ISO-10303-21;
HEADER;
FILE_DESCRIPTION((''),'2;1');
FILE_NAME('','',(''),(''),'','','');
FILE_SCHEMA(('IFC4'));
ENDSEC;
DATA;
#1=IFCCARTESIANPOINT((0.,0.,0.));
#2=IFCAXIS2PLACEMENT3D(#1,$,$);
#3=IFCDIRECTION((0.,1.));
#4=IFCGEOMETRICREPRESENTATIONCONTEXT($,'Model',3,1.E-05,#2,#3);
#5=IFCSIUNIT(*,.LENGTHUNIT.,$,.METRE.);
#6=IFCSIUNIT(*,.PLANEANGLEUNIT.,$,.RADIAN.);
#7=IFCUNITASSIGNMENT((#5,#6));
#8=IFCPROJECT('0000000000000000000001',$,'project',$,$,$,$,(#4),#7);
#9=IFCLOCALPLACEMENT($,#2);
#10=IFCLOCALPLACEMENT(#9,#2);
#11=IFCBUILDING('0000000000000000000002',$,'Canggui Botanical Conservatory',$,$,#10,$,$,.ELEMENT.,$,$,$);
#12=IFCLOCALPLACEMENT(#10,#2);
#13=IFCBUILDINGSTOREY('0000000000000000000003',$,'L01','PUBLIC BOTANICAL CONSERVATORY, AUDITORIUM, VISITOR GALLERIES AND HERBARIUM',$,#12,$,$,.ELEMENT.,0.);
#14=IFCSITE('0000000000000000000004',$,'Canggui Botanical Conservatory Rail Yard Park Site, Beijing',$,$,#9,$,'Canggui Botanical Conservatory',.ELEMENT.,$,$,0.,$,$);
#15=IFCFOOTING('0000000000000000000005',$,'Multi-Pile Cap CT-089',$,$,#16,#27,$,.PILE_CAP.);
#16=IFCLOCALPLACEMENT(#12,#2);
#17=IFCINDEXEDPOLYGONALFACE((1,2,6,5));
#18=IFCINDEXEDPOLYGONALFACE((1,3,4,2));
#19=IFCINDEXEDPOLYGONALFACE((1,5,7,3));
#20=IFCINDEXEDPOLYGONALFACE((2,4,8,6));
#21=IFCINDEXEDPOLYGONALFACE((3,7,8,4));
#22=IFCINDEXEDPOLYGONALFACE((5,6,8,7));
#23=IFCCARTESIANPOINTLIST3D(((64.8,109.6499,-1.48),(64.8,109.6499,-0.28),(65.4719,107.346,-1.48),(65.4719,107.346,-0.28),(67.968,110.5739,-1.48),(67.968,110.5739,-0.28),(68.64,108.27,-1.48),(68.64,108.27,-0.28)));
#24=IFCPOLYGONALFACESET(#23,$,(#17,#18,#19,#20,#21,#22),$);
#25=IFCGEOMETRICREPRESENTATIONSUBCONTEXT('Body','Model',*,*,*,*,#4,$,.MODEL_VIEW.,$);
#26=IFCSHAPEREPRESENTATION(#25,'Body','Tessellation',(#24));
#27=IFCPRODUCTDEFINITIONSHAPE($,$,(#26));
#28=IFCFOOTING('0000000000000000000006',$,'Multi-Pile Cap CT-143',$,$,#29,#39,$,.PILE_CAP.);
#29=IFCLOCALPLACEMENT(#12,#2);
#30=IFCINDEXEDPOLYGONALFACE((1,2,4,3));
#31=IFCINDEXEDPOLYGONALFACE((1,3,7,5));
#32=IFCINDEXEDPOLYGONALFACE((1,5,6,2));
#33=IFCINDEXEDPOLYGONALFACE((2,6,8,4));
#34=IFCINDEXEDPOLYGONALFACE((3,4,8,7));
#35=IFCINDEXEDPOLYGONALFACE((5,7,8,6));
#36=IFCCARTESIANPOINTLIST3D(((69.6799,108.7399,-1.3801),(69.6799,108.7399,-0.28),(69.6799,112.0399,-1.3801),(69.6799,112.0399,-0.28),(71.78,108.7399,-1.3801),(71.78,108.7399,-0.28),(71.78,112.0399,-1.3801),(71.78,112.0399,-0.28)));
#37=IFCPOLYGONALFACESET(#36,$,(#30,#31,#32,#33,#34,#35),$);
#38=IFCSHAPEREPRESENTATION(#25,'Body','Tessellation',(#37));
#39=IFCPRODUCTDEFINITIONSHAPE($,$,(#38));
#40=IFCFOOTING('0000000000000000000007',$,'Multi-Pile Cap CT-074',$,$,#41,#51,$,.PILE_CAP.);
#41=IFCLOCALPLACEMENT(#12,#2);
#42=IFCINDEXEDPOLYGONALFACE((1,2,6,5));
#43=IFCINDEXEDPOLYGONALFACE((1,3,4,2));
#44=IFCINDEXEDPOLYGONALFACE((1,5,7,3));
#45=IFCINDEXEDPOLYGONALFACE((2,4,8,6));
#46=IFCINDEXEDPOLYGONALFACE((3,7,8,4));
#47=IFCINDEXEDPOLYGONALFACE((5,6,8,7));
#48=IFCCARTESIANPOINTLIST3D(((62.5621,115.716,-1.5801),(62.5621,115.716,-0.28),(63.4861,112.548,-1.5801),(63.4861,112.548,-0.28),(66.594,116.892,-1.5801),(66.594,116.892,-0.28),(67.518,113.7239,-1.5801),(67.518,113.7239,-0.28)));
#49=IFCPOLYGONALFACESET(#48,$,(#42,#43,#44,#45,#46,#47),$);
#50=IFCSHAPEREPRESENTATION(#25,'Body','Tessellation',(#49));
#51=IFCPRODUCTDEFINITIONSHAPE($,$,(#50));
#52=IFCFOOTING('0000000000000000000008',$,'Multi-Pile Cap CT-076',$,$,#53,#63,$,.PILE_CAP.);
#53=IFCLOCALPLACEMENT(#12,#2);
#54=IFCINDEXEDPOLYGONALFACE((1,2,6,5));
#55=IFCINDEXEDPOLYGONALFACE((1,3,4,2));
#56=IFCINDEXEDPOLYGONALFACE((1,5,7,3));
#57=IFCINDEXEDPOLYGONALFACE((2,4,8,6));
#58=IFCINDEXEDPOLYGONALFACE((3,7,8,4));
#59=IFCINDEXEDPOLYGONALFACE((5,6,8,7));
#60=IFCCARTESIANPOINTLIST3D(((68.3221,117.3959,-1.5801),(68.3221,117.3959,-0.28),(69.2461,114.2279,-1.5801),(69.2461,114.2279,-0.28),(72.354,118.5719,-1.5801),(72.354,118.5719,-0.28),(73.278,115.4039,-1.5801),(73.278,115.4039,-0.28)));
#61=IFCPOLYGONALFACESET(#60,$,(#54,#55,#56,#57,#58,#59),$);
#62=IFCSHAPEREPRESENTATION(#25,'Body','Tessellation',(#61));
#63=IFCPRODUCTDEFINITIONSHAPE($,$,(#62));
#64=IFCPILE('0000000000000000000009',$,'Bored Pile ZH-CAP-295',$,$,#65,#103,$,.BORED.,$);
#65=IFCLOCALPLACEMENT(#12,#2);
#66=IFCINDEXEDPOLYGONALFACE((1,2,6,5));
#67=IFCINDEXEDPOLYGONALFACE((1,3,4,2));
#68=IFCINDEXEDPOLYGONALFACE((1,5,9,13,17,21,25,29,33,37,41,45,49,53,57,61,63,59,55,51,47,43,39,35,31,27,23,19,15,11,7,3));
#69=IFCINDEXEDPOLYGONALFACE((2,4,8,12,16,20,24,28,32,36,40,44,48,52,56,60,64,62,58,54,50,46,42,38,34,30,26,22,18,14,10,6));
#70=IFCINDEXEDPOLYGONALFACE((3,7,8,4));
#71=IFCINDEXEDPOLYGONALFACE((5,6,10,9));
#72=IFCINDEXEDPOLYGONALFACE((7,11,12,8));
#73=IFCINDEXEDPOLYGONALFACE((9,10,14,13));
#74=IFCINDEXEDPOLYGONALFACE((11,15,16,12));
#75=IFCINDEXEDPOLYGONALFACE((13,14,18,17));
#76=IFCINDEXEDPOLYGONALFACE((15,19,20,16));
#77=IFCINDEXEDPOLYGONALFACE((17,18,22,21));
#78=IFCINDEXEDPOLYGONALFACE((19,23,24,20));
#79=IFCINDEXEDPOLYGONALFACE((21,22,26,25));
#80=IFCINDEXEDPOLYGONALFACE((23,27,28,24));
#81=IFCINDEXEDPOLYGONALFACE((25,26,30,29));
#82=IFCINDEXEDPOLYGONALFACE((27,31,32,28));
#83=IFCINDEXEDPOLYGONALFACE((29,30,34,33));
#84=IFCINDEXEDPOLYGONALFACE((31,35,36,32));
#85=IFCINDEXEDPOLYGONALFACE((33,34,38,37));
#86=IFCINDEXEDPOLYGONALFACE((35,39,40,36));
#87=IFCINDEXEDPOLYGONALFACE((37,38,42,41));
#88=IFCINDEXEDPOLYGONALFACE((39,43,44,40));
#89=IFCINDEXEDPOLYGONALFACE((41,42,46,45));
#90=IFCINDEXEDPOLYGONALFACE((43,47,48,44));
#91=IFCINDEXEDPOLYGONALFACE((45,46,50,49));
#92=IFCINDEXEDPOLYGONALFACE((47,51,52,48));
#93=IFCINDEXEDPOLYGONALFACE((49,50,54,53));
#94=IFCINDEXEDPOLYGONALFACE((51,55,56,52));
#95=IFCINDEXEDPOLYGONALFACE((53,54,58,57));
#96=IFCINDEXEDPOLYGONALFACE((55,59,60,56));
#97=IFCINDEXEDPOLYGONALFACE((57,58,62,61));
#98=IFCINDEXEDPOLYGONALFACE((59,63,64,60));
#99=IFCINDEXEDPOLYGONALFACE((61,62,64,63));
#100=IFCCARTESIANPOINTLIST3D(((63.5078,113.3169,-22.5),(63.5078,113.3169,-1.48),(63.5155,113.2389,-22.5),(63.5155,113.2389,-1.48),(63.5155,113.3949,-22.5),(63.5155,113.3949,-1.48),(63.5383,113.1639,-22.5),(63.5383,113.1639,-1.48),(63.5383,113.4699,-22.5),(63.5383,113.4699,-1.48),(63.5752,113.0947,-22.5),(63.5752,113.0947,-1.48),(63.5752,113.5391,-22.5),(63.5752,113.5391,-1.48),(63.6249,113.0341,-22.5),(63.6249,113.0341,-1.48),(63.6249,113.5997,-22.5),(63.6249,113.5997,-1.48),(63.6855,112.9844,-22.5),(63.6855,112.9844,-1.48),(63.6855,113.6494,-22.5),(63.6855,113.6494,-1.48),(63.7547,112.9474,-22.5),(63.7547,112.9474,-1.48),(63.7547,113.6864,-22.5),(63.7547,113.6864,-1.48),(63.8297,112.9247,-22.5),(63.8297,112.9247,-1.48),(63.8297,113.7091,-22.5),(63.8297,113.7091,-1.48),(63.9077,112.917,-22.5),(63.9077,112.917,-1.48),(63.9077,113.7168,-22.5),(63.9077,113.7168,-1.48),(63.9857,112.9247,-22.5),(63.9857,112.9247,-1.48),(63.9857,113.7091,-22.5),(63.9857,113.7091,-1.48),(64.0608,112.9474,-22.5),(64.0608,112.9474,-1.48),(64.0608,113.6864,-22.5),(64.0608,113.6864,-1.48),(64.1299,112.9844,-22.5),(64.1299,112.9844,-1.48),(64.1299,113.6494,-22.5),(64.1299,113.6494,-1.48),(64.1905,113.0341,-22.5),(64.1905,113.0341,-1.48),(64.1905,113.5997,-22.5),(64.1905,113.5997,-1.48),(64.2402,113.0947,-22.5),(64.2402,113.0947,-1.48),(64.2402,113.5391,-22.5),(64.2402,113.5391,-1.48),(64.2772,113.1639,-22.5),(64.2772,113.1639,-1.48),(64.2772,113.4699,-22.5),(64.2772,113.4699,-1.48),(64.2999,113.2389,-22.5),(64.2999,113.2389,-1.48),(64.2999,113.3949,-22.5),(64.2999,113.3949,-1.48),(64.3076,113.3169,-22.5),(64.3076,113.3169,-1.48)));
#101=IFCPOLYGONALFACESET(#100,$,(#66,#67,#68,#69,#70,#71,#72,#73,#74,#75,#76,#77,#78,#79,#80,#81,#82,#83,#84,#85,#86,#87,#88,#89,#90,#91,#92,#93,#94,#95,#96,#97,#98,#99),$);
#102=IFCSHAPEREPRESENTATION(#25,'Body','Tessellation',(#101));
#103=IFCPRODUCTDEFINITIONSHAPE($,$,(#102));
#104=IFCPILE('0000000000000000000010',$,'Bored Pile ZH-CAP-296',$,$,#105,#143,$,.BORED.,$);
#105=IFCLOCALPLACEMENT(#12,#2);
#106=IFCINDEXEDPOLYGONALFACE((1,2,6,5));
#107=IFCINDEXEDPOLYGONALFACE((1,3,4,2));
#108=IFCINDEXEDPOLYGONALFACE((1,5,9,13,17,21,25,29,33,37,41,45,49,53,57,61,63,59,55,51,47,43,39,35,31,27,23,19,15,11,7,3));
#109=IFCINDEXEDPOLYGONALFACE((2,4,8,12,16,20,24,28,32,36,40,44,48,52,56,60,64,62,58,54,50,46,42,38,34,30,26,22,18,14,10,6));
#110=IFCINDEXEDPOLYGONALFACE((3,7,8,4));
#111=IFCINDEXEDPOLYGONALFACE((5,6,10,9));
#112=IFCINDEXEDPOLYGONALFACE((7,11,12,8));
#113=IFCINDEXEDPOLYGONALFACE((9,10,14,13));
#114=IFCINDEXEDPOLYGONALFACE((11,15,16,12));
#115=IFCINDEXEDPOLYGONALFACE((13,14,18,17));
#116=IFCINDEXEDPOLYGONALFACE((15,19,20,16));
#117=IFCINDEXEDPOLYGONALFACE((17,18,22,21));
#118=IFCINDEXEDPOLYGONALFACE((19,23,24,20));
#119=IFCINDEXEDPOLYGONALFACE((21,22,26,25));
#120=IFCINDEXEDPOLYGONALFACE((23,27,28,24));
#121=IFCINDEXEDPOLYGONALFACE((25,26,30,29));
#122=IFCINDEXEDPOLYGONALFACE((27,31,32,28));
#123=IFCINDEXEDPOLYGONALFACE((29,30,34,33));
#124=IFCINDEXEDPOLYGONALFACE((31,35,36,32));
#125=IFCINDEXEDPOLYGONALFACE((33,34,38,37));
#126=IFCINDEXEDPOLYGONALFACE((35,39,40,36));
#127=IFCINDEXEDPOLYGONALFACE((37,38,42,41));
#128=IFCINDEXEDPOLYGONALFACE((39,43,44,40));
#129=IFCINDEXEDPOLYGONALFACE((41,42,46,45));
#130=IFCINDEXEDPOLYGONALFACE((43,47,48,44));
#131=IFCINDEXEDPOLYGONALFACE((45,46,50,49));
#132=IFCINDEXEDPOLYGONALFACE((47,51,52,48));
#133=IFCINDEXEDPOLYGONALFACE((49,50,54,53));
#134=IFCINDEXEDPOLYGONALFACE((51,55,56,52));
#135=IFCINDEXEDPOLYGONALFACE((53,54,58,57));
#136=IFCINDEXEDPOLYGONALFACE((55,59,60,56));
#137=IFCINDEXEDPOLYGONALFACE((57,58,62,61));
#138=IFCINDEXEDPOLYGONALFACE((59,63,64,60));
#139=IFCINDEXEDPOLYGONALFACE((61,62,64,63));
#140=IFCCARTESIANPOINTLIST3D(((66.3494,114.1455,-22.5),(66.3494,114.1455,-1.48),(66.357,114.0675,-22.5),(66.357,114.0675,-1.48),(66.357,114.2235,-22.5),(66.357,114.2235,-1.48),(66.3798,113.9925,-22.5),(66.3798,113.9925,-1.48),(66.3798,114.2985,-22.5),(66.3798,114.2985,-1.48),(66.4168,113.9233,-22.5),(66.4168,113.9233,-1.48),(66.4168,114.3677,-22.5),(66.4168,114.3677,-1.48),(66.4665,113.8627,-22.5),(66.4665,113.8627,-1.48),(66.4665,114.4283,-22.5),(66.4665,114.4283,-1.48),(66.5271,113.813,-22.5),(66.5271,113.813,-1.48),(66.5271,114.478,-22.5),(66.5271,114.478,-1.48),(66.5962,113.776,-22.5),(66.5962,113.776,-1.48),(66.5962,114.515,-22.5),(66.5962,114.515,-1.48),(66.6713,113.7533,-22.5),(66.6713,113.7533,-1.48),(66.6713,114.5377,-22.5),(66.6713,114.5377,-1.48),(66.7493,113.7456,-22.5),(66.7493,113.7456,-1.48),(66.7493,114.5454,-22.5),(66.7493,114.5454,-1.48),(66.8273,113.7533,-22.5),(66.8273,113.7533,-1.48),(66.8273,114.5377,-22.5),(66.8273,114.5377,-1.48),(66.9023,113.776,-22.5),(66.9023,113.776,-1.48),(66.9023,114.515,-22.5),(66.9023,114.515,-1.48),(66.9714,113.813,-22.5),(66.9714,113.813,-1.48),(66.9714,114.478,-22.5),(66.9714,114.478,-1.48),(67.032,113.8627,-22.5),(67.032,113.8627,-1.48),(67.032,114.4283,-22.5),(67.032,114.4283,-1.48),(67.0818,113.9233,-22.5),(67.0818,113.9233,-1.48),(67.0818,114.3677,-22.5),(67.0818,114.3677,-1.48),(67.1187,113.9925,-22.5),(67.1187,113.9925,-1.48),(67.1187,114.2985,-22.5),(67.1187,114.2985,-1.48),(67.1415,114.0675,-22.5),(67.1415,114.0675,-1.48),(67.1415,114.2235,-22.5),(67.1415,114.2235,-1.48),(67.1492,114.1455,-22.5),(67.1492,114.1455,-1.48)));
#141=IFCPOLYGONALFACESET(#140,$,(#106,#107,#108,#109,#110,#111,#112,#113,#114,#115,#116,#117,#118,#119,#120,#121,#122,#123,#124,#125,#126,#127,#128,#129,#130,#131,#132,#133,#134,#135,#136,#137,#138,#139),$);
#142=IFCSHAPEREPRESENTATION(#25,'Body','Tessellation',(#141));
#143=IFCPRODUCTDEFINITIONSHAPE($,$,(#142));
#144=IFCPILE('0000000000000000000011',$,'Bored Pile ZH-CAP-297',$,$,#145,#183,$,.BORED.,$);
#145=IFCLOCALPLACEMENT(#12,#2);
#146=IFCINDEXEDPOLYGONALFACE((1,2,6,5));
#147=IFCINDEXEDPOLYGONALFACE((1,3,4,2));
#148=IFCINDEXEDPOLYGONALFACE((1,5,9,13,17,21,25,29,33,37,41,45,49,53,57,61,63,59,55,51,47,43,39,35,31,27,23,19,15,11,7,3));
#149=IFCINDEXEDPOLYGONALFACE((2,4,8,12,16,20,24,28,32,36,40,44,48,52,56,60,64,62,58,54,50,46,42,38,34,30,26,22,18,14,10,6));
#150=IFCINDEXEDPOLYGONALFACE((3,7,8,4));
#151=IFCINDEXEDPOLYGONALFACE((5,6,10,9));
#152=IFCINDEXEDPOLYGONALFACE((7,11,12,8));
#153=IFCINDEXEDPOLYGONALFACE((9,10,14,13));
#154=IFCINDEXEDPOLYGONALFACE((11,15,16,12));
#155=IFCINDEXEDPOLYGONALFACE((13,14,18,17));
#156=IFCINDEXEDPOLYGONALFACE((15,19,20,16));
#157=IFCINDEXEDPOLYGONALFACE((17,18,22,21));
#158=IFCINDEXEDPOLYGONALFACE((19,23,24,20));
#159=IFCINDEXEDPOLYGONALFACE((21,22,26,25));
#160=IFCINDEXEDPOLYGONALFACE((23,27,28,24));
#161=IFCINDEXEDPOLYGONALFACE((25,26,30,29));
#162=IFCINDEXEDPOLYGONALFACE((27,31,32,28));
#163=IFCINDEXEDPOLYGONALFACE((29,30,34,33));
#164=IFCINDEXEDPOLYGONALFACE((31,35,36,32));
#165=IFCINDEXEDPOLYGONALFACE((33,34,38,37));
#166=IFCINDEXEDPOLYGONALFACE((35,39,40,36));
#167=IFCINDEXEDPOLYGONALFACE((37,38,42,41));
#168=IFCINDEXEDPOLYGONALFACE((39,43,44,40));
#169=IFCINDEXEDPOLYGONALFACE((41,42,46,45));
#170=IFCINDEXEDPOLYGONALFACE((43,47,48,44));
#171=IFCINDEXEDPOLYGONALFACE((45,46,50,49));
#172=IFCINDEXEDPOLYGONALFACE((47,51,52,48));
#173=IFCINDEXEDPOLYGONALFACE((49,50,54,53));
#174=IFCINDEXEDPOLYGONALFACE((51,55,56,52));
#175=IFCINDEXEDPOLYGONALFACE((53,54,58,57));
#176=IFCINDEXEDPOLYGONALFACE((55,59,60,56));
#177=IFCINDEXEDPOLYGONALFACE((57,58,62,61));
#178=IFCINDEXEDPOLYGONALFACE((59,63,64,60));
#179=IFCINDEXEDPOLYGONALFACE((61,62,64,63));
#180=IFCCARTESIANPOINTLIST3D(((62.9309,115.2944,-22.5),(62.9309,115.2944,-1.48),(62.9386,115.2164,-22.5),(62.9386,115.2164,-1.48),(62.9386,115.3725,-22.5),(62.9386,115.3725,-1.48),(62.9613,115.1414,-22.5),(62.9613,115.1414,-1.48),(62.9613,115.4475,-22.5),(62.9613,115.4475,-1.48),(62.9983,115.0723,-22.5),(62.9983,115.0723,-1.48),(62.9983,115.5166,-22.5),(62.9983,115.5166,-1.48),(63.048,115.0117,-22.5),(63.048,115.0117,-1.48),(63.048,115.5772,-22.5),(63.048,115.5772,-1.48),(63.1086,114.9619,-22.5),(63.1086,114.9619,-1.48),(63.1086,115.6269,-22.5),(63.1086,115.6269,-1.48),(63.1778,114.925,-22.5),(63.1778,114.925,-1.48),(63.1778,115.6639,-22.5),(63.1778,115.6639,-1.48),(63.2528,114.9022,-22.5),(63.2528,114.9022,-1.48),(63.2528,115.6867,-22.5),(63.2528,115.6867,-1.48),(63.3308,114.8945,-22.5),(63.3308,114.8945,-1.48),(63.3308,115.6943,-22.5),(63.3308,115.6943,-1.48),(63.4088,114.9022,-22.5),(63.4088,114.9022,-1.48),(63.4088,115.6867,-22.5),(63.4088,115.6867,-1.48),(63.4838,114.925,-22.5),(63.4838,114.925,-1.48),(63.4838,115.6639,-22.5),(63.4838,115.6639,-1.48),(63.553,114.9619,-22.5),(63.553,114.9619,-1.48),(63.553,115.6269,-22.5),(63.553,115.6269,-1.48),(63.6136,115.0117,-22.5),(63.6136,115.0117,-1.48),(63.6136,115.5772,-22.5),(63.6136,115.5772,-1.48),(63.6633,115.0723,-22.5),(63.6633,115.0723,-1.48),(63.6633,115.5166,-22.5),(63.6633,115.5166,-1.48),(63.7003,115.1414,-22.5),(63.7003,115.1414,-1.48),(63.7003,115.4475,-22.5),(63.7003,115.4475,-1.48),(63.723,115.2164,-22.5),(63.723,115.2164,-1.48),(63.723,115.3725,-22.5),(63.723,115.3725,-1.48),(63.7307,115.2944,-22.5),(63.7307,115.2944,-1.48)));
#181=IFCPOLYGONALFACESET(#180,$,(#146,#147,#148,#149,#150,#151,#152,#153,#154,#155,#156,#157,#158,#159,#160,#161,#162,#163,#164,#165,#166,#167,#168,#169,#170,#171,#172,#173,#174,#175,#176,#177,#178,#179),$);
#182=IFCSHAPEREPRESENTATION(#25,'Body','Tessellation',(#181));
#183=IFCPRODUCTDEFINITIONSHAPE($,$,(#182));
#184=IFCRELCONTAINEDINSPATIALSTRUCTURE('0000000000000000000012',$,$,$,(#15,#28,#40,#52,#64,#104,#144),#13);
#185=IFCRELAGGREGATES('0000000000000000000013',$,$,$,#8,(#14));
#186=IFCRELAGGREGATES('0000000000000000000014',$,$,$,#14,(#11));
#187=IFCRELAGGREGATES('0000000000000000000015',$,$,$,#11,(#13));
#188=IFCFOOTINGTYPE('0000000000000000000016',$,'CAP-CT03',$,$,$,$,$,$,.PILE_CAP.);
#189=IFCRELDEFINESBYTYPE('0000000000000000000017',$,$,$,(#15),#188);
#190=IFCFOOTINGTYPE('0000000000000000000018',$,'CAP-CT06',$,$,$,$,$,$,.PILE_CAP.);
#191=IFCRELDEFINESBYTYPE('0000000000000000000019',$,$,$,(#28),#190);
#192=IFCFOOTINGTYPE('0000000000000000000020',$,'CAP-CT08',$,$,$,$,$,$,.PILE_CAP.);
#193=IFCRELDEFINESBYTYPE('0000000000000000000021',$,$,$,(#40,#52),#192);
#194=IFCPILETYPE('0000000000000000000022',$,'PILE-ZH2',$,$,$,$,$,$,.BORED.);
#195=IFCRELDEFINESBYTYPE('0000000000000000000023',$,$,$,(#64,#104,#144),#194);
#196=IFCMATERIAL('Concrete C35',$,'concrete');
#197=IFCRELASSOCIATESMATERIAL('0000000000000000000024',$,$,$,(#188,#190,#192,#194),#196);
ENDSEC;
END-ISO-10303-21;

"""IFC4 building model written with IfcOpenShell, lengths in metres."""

from ifc_helpers import new_model, si_unit, direction, frame, origin, origin_2d, place, context, subcontext, project, spatial, rectangle, circle, extrude, material, material_profile, profile_set, type_object, element, save


model = new_model("IFC4")

# Units and contexts
model_context = context("Model", 3, precision=1e-05, world=origin(), true_north=direction((0.0, 1.0)))
body_context = subcontext(model_context, "Body", "Model", "MODEL_VIEW")
ifc_project = project(units=[si_unit("LENGTHUNIT", "METRE"), si_unit("PLANEANGLEUNIT", "RADIAN")], contexts=[model_context])

# Site, building, storey
site_placement = place(None, origin())
site = spatial("IfcSite", under=ifc_project, at=site_placement, Name="Canggui Botanical Conservatory Rail Yard Park Site, Beijing", LongName="Canggui Botanical Conservatory", CompositionType="ELEMENT", RefElevation=0.0)
building_placement = place(site_placement, origin())
building = spatial("IfcBuilding", under=site, at=building_placement, Name="Canggui Botanical Conservatory", CompositionType="ELEMENT")
storey_placement = place(building_placement, origin())
storey = spatial("IfcBuildingStorey", under=building, at=storey_placement, Name="L01", Description="PUBLIC BOTANICAL CONSERVATORY, AUDITORIUM, VISITOR GALLERIES AND HERBARIUM", CompositionType="ELEMENT", Elevation=0.0)

# Footings
ifc_material_1 = material(Name="Concrete C35", Category="concrete")
footing_type_1 = type_object("IfcFootingType", Name="CAP-CT03", PredefinedType="PILE_CAP", material=ifc_material_1)
footing_1_placement = place(storey_placement, frame((66.72, 108.96, -1.48), z_axis=(0.0, 0.0, 1.0), x_axis=(0.96, 0.28, 0.0)))
element("IfcFooting", 1, at=footing_1_placement, inside=storey, type_object=footing_type_1, Name="Multi-Pile Cap CT-089", PredefinedType="PILE_CAP", context=body_context, shape_type="SweptSolid", body=[
    extrude(rectangle(XDim=3.3, YDim=2.3999, at=origin_2d()), origin(), (0.0, 0.0, 1.0), 1.2),
])
footing_type_2 = type_object("IfcFootingType", Name="CAP-CT06", PredefinedType="PILE_CAP", material=ifc_material_1)
footing_2_placement = place(storey_placement, frame((70.73, 110.3899, -1.3801), z_axis=(0.0, 0.0, 1.0), x_axis=(0.0, 1.0, 0.0)))
element("IfcFooting", 2, at=footing_2_placement, inside=storey, type_object=footing_type_2, Name="Multi-Pile Cap CT-143", PredefinedType="PILE_CAP", context=body_context, shape_type="SweptSolid", body=[
    extrude(rectangle(XDim=3.3, YDim=2.1001, at=origin_2d()), origin(), (0.0, 0.0, 1.0), 1.1001),
])
footing_type_3 = type_object("IfcFootingType", Name="CAP-CT08", PredefinedType="PILE_CAP", material=ifc_material_1)
for number, where, z_axis, x_axis, name in (
    (3, (65.04, 114.72, -1.5801), (0.0, 0.0, 1.0), (0.96, 0.28, 0.0), "Multi-Pile Cap CT-074"),
    (4, (70.8, 116.3999, -1.5801), (0.0, 0.0, 1.0), (0.96, 0.28, 0.0), "Multi-Pile Cap CT-076"),
):
    element("IfcFooting", number, at=place(storey_placement, frame(where, z_axis=z_axis, x_axis=x_axis)), inside=storey, type_object=footing_type_3, Name=name, PredefinedType="PILE_CAP", context=body_context, shape_type="SweptSolid", body=[
        extrude(rectangle(XDim=4.2, YDim=3.3, at=origin_2d()), origin(), (0.0, 0.0, 1.0), 1.3),
    ])

# Piles
ifc_material_profile_1 = material_profile(ifc_material_1, circle(Radius=0.3999, at=origin_2d()), Name="PILE D800")
ifc_profile_set_1 = profile_set([ifc_material_profile_1], Name="Concrete C35")
pile_type = type_object("IfcPileType", Name="PILE-ZH2", PredefinedType="BORED", material=ifc_profile_set_1)
for number, where, z_axis, x_axis, name in (
    (5, (63.9077, 113.3169, -1.48), (0.0, 0.0, -1.0), (1.0, 0.0, 0.0), "Bored Pile ZH-CAP-295"),
    (6, (66.7493, 114.1455, -1.48), (0.0, 0.0, -1.0), (1.0, 0.0, 0.0), "Bored Pile ZH-CAP-296"),
    (7, (63.3308, 115.2944, -1.48), (0.0, 0.0, -1.0), (1.0, 0.0, 0.0), "Bored Pile ZH-CAP-297"),
):
    element("IfcPile", number, at=place(storey_placement, frame(where, z_axis=z_axis, x_axis=x_axis)), inside=storey, type_object=pile_type, Name=name, PredefinedType="BORED", context=body_context, shape_type="SweptSolid", body=[
        extrude(circle(Radius=0.3999, at=origin_2d()), origin(), (0.0, 0.0, 1.0), 21.02),
    ])

save(model, "model.ifc")
